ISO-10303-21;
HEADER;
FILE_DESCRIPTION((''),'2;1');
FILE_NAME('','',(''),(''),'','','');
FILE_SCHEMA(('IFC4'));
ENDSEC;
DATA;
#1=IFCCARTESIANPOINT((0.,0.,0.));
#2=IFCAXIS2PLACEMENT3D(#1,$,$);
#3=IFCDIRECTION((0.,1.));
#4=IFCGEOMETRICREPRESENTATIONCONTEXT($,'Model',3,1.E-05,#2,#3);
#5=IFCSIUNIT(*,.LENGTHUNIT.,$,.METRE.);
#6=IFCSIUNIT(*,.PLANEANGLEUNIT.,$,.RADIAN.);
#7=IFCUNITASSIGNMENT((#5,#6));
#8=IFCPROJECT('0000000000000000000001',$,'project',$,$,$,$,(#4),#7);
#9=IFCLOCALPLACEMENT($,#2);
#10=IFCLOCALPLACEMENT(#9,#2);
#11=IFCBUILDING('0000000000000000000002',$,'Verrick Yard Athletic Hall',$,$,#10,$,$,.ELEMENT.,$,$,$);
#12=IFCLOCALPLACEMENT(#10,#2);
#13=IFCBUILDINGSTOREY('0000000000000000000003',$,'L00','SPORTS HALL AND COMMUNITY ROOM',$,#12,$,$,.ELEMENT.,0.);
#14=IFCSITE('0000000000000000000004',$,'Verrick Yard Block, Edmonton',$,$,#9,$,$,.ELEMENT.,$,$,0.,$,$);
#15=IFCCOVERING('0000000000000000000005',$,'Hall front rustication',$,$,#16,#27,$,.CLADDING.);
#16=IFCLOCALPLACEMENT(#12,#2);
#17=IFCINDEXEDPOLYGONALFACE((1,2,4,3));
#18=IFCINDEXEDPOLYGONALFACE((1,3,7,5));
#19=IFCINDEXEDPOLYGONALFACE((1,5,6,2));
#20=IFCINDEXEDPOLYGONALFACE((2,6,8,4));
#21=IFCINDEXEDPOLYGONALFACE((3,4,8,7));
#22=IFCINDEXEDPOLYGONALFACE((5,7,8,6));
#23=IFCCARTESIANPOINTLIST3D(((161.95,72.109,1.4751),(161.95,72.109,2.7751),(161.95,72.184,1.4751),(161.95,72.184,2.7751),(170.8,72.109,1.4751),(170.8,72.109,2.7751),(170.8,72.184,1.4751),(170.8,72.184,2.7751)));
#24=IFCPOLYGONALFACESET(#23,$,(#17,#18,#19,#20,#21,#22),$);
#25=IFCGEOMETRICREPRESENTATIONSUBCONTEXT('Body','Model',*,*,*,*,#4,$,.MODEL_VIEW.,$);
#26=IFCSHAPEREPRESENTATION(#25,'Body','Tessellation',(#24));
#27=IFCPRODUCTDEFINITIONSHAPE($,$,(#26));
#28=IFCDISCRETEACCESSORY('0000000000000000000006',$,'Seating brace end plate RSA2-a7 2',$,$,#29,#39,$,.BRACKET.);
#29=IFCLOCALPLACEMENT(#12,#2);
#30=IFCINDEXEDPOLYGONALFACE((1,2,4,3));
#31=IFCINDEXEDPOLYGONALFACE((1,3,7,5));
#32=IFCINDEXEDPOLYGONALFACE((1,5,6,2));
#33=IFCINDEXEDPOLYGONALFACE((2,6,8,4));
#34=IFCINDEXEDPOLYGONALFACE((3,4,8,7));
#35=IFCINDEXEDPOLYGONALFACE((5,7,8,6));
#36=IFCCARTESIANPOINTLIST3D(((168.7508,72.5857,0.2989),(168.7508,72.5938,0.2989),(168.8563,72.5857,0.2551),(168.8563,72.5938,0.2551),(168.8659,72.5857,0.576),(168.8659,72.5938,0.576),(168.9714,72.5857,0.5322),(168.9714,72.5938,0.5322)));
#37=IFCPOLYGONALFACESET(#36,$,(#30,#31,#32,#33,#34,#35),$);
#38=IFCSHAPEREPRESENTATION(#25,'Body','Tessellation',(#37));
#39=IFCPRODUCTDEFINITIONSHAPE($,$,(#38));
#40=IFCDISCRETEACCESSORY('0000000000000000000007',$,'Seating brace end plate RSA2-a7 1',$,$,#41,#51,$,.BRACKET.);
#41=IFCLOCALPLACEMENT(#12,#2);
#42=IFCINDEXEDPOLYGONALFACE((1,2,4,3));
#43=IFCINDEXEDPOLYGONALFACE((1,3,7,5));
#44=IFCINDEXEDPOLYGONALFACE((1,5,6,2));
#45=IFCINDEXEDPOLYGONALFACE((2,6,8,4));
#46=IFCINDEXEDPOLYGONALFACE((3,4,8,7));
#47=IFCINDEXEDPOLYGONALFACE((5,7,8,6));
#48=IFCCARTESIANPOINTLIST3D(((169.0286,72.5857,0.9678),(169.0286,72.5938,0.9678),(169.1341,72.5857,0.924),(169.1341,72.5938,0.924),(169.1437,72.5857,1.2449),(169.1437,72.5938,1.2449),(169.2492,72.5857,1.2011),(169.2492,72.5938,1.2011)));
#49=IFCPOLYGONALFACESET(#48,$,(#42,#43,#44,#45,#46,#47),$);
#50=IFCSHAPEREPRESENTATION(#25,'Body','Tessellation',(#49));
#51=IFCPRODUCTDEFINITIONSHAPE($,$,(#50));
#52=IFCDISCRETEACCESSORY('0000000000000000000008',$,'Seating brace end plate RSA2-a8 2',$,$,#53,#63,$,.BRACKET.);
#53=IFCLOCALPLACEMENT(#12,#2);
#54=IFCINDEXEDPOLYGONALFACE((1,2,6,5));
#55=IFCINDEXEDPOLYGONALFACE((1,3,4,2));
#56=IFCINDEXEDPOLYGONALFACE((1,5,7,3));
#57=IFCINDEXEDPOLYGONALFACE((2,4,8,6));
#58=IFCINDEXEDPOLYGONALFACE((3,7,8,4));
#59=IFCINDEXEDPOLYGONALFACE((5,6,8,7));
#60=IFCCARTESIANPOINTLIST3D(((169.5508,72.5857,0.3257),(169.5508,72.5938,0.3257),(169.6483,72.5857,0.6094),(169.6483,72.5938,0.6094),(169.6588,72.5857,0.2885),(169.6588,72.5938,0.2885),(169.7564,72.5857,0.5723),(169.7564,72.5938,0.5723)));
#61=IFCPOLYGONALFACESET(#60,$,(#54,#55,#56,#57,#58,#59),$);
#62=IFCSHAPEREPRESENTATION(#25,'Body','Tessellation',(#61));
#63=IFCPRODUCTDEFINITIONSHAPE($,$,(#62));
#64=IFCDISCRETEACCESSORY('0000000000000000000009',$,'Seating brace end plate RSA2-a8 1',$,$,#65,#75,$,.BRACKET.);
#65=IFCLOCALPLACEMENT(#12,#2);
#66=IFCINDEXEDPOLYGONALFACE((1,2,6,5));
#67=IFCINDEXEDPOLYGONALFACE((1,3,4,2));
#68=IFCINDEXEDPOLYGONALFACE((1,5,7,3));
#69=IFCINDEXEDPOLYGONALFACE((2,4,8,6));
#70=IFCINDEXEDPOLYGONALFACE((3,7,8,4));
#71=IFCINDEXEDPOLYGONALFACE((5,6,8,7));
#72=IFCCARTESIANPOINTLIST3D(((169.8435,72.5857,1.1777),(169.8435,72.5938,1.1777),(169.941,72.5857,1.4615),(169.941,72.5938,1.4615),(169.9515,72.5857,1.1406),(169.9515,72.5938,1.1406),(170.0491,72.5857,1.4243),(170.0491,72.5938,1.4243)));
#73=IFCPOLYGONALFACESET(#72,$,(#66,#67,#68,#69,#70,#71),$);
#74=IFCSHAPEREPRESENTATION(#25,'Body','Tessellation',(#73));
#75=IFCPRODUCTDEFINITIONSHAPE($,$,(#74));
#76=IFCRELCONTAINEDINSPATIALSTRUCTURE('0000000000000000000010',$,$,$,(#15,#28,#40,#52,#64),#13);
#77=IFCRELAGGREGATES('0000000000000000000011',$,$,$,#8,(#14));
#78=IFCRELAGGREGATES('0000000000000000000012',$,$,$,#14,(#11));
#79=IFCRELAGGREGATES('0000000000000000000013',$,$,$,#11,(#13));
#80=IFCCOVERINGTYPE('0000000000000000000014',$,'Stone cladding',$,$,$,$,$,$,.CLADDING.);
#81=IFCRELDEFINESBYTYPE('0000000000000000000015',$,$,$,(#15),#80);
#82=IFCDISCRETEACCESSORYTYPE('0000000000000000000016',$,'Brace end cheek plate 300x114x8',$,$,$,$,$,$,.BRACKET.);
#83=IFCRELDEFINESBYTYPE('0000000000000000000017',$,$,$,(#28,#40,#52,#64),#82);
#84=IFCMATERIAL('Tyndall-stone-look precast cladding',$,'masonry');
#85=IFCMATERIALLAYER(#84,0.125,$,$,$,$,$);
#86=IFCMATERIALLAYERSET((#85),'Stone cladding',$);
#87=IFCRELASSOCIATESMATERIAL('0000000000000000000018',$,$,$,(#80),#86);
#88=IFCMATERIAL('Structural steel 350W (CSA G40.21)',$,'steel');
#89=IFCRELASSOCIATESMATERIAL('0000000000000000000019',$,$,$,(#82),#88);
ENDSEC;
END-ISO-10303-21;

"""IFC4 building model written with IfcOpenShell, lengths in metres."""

from ifc_helpers import new_model, si_unit, direction, frame, origin, origin_2d, place, context, subcontext, project, spatial, rectangle, extrude, material, layer, layer_set, material_profile, profile_set, type_object, element, save


model = new_model("IFC4")

# Units and contexts
model_context = context("Model", 3, precision=1e-05, world=origin(), true_north=direction((0.0, 1.0)))
body_context = subcontext(model_context, "Body", "Model", "MODEL_VIEW")
ifc_project = project(units=[si_unit("LENGTHUNIT", "METRE"), si_unit("PLANEANGLEUNIT", "RADIAN")], contexts=[model_context])

# Site, building, storey
site_placement = place(None, origin())
site = spatial("IfcSite", under=ifc_project, at=site_placement, Name="Verrick Yard Block, Edmonton", CompositionType="ELEMENT", RefElevation=0.0)
building_placement = place(site_placement, origin())
building = spatial("IfcBuilding", under=site, at=building_placement, Name="Verrick Yard Athletic Hall", CompositionType="ELEMENT")
storey_placement = place(building_placement, origin())
storey = spatial("IfcBuildingStorey", under=building, at=storey_placement, Name="L00", Description="SPORTS HALL AND COMMUNITY ROOM", CompositionType="ELEMENT", Elevation=0.0)

# Shared definitions
ifc_material_1 = material(Name="Structural steel 350W (CSA G40.21)", Category="steel")

# Shared definitions
ifc_material_2 = material(Name="Tyndall-stone-look precast cladding", Category="masonry")

# Covering
ifc_layer_1 = layer(ifc_material_2, 0.125)
ifc_layer_set_1 = layer_set([ifc_layer_1], Name="Stone cladding")
covering_type = type_object("IfcCoveringType", Name="Stone cladding", PredefinedType="CLADDING", material=ifc_layer_set_1)
for number, where, z_axis, x_axis, name in (
    (1, (166.375, 72.1465, 1.4751), (0.0, 0.0, 1.0), (1.0, 0.0, 0.0), "Hall front rustication"),
):
    element("IfcCovering", number, at=place(storey_placement, frame(where, z_axis=z_axis, x_axis=x_axis)), inside=storey, type_object=covering_type, Name=name, PredefinedType="CLADDING", context=body_context, shape_type="SweptSolid", body=[
        extrude(rectangle(XDim=8.8501, YDim=0.075, at=origin_2d()), origin(), (0.0, 0.0, 1.0), 1.3),
    ])

# Discrete accessories
ifc_material_profile_1 = material_profile(ifc_material_1, rectangle(XDim=0.3, YDim=0.1143, at=origin_2d()), Name="Brace end cheek plate")
ifc_profile_set_1 = profile_set([ifc_material_profile_1], Name="Structural steel 350W (CSA G40.21)")
discrete_accessory_type = type_object("IfcDiscreteAccessoryType", Name="Brace end cheek plate 300x114x8", PredefinedType="BRACKET", material=ifc_profile_set_1)
for number, where, z_axis, x_axis, name in (
    (2, (168.8611, 72.5938, 0.4155), (0.0, -1.0, 0.0), (0.383566, 0.0, 0.923513), "Seating brace end plate RSA2-a7 2"),
    (3, (169.1389, 72.5938, 1.0845), (0.0, -1.0, 0.0), (-0.383566, 0.0, -0.923513), "Seating brace end plate RSA2-a7 1"),
    (4, (169.6536, 72.5938, 0.449), (0.0, -1.0, 0.0), (0.325058, 0.0, 0.945694), "Seating brace end plate RSA2-a8 2"),
    (5, (169.9463, 72.5938, 1.301), (0.0, -1.0, 0.0), (-0.325058, 0.0, -0.945694), "Seating brace end plate RSA2-a8 1"),
):
    element("IfcDiscreteAccessory", number, at=place(storey_placement, frame(where, z_axis=z_axis, x_axis=x_axis)), inside=storey, type_object=discrete_accessory_type, Name=name, PredefinedType="BRACKET", context=body_context, shape_type="SweptSolid", body=[
        extrude(rectangle(XDim=0.3, YDim=0.1143, at=origin_2d()), origin(), (0.0, 0.0, 1.0), 0.0081),
    ])

save(model, "model.ifc")
